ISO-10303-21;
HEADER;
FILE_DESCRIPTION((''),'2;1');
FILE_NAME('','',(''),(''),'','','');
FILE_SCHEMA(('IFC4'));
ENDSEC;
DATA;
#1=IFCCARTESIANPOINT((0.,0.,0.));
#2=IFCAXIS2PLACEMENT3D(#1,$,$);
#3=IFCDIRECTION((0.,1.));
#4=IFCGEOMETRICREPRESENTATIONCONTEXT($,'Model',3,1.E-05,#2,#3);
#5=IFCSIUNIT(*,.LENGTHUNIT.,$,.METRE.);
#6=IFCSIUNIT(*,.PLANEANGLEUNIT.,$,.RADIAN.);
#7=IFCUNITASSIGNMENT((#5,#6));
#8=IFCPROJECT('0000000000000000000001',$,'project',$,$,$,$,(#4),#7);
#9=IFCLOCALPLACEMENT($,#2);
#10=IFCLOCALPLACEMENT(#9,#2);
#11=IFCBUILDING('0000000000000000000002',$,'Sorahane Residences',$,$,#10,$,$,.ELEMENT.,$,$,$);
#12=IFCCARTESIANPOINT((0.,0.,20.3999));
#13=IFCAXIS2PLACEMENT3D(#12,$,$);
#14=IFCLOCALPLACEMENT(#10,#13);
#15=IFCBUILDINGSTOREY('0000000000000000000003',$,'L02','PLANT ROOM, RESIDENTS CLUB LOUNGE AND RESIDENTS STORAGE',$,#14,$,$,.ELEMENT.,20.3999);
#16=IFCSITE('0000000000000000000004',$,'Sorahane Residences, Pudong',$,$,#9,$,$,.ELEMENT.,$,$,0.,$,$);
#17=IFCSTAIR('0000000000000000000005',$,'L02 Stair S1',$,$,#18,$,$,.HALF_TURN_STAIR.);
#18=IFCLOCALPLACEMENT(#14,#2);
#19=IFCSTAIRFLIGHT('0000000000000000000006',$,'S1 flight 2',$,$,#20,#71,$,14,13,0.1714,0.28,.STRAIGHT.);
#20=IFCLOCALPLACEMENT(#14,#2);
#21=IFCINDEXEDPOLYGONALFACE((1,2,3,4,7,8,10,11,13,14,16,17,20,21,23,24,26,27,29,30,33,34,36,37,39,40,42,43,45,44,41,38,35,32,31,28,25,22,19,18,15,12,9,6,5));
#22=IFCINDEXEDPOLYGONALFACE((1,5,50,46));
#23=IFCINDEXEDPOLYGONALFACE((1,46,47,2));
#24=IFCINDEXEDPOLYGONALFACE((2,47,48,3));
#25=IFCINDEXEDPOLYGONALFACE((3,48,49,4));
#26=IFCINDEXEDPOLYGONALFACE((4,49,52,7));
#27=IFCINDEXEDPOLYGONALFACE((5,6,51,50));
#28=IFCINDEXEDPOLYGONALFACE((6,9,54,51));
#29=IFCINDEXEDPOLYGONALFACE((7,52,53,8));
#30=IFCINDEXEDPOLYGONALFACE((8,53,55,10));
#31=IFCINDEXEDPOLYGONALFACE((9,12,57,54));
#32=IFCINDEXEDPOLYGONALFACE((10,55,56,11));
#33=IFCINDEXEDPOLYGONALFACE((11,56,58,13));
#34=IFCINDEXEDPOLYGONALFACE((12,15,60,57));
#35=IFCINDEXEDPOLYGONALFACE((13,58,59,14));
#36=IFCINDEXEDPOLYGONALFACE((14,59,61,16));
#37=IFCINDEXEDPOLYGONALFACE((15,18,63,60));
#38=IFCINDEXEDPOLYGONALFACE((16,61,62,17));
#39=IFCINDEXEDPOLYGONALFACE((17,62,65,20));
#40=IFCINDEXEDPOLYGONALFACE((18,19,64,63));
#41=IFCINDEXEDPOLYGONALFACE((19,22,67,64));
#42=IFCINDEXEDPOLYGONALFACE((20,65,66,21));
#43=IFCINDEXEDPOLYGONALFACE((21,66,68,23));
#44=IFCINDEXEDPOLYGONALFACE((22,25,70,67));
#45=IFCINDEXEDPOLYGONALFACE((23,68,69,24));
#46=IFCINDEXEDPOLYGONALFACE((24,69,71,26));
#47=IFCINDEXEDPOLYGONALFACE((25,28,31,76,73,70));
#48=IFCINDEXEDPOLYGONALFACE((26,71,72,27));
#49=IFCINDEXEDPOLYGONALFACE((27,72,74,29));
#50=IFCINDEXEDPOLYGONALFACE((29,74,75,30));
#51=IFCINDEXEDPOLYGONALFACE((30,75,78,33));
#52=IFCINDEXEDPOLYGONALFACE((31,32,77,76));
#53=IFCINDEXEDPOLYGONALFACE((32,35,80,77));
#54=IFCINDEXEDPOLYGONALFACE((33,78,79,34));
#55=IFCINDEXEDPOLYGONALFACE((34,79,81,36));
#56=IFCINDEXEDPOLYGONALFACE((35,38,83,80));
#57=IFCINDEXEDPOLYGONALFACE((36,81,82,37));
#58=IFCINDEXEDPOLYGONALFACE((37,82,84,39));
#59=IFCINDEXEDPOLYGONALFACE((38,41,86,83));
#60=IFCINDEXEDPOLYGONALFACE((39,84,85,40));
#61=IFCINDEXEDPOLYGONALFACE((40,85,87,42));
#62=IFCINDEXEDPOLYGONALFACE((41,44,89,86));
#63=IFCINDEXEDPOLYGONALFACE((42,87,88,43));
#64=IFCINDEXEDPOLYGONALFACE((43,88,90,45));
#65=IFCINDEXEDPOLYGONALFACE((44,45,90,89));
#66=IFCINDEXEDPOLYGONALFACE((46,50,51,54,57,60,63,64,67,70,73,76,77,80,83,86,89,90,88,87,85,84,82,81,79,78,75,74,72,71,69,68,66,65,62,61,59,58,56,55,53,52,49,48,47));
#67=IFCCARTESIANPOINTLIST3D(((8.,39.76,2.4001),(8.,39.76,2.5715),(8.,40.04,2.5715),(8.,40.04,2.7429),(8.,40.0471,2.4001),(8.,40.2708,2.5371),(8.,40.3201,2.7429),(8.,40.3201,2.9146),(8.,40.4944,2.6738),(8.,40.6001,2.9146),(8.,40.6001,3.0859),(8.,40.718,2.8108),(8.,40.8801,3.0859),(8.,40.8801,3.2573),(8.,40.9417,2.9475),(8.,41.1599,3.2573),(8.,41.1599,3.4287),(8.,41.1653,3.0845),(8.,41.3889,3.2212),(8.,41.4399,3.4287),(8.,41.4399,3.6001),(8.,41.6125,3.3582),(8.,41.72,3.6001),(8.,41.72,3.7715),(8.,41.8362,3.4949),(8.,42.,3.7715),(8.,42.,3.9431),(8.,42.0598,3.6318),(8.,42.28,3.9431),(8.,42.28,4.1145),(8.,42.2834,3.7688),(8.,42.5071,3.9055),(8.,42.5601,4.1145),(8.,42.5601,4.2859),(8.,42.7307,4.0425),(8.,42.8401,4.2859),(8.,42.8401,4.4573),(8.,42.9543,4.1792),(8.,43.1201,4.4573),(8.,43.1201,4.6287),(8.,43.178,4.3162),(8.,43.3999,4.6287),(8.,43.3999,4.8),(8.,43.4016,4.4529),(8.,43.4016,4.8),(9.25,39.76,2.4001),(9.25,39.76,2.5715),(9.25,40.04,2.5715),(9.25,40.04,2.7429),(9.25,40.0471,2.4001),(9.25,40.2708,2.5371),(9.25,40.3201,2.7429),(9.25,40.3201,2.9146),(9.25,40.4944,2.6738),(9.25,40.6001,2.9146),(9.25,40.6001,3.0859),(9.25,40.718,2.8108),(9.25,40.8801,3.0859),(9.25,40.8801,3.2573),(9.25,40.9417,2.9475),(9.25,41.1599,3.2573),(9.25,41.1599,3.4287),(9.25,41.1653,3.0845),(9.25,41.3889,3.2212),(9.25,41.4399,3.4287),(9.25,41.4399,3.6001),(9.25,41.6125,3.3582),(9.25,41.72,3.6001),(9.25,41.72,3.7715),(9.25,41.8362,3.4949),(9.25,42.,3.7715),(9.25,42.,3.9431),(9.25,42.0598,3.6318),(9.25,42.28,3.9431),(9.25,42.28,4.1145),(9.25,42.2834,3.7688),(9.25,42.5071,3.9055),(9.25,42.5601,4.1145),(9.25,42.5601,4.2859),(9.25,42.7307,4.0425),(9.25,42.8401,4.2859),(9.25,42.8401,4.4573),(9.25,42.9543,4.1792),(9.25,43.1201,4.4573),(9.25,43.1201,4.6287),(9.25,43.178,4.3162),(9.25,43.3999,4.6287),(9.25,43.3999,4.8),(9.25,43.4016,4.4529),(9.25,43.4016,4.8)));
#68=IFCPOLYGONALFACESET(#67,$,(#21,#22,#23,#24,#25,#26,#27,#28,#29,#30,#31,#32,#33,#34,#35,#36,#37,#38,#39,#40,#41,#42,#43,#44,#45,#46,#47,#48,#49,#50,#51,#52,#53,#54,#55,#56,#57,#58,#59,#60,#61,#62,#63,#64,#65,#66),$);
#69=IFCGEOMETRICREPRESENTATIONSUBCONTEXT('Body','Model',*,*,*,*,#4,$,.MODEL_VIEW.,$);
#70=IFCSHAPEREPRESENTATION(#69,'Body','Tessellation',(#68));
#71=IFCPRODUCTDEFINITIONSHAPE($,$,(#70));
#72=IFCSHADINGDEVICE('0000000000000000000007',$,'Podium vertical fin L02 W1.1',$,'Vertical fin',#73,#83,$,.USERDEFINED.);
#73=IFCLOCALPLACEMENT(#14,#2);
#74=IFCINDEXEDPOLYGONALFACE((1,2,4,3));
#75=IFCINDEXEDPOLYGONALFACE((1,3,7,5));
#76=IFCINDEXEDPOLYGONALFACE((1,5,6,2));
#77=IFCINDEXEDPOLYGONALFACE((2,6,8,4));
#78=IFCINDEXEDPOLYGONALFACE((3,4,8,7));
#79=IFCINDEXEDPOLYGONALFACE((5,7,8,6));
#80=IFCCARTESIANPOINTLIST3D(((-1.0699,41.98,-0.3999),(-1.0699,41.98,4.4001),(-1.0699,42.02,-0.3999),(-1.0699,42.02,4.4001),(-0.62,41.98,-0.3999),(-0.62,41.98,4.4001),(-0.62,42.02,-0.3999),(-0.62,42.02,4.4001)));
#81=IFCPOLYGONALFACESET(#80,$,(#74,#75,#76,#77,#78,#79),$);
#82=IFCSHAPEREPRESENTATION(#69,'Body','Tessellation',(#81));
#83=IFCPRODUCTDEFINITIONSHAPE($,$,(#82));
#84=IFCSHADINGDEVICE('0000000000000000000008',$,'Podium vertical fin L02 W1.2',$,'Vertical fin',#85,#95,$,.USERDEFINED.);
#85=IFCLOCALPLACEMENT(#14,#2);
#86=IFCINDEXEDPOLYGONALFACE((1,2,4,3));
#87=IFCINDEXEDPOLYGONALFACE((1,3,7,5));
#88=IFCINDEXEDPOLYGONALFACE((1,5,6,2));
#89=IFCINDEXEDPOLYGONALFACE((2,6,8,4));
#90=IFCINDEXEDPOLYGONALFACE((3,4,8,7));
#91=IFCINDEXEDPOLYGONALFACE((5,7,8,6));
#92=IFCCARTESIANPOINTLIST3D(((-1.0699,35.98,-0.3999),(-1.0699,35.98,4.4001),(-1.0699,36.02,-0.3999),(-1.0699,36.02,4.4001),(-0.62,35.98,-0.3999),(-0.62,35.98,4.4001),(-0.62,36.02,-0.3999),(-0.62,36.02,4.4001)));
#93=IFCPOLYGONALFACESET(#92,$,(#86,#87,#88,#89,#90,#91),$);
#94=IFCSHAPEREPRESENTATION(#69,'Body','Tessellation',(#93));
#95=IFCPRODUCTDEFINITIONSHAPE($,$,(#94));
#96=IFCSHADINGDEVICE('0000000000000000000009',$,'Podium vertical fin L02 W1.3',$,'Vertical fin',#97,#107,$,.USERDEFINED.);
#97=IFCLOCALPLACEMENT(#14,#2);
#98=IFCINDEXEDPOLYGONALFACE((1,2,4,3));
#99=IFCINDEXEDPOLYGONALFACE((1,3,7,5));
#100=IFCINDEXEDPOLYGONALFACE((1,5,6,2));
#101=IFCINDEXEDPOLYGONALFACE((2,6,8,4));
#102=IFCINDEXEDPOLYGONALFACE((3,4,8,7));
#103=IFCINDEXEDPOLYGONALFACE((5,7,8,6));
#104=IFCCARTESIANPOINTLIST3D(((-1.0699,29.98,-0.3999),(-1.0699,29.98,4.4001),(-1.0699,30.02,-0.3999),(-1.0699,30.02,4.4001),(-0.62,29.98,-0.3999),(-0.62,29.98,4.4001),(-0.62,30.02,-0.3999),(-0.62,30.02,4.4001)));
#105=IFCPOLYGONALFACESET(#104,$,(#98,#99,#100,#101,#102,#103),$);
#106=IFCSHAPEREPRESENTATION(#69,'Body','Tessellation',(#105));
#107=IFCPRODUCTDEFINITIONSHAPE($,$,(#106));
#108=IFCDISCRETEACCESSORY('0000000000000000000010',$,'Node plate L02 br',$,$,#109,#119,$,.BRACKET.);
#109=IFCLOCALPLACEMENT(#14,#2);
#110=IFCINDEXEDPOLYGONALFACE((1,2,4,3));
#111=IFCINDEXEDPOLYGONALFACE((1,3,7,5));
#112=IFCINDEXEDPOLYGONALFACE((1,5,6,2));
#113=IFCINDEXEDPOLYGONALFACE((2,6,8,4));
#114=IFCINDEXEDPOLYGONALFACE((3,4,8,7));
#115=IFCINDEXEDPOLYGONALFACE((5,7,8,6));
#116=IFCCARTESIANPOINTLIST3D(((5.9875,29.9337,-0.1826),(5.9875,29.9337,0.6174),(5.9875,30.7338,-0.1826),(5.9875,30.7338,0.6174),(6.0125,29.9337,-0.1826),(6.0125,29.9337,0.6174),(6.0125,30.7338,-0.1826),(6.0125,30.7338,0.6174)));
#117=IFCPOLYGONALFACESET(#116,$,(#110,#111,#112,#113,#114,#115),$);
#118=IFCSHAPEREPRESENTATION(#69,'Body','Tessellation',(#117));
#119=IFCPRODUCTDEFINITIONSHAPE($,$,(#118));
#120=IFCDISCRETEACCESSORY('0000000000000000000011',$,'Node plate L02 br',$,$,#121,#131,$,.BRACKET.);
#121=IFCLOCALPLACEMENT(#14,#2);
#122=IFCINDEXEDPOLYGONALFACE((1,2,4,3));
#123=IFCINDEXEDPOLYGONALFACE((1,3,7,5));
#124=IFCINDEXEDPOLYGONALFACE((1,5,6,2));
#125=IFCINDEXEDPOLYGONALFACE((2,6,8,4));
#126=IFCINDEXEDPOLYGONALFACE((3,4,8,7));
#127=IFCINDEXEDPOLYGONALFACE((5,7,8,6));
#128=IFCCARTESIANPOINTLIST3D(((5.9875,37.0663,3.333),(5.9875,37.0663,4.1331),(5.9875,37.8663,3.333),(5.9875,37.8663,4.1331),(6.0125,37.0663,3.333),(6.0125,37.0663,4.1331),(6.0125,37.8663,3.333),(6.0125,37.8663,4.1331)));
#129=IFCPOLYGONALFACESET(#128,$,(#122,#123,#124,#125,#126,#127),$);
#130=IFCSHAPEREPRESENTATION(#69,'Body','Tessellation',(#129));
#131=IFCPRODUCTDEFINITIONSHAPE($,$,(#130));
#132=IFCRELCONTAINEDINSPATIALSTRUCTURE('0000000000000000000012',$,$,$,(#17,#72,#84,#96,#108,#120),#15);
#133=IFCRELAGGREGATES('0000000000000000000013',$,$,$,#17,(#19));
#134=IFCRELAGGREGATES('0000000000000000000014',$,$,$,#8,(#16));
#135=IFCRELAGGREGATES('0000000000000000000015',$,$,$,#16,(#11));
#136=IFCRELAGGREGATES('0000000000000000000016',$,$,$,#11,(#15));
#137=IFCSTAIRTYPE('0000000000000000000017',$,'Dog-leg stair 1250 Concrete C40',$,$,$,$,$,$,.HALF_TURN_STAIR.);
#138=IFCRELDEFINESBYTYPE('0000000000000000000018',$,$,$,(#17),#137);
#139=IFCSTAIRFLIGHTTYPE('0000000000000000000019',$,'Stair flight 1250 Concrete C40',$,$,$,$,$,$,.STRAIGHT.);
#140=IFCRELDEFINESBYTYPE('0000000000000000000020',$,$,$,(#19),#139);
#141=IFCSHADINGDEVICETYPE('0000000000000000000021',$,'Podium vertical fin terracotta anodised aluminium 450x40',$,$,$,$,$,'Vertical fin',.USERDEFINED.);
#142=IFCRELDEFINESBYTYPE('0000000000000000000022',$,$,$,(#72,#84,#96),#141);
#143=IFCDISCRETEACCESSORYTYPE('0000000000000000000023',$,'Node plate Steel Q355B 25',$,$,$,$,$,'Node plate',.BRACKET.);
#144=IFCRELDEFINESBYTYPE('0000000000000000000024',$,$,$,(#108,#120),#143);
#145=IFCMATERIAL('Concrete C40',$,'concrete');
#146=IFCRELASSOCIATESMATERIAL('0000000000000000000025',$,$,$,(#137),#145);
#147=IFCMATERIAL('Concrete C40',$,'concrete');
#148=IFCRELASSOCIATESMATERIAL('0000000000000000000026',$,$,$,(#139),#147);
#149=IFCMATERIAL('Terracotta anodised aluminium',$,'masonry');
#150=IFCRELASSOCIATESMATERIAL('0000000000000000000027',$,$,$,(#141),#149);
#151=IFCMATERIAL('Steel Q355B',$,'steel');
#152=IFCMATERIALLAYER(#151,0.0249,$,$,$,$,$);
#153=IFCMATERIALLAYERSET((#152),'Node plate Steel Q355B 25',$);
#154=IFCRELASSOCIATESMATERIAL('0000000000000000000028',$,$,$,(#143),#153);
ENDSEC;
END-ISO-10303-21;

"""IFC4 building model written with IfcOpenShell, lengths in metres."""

from ifc_helpers import new_model, si_unit, direction, frame, origin, origin_2d, place, context, subcontext, project, spatial, polyline, rectangle, outline, extrude, material, layer, layer_set, material_profile, profile_set, type_object, element, aggregate, save


model = new_model("IFC4")

# Units and contexts
model_context = context("Model", 3, precision=1e-05, world=origin(), true_north=direction((0.0, 1.0)))
body_context = subcontext(model_context, "Body", "Model", "MODEL_VIEW")
ifc_project = project(units=[si_unit("LENGTHUNIT", "METRE"), si_unit("PLANEANGLEUNIT", "RADIAN")], contexts=[model_context])

# Site, building, storey
site_placement = place(None, origin())
site = spatial("IfcSite", under=ifc_project, at=site_placement, Name="Sorahane Residences, Pudong", CompositionType="ELEMENT", RefElevation=0.0)
building_placement = place(site_placement, origin())
building = spatial("IfcBuilding", under=site, at=building_placement, Name="Sorahane Residences", CompositionType="ELEMENT")
storey_placement = place(building_placement, frame((0.0, 0.0, 20.3999)))
storey = spatial("IfcBuildingStorey", under=building, at=storey_placement, Name="L02", Description="PLANT ROOM, RESIDENTS CLUB LOUNGE AND RESIDENTS STORAGE", CompositionType="ELEMENT", Elevation=20.3999)

# Stair, stair flight
ifc_material_1 = material(Name="Concrete C40", Category="concrete")
stair_type = type_object("IfcStairType", Name="Dog-leg stair 1250 Concrete C40", PredefinedType="HALF_TURN_STAIR", material=ifc_material_1)
stair_placement = place(storey_placement, origin())
stair = element("IfcStair", 1, at=stair_placement, inside=storey, type_object=stair_type, Name="L02 Stair S1", PredefinedType="HALF_TURN_STAIR")
ifc_material_2 = material(Name="Concrete C40", Category="concrete")
stair_flight_type = type_object("IfcStairFlightType", Name="Stair flight 1250 Concrete C40", PredefinedType="STRAIGHT", material=ifc_material_2)
stair_flight_placement = place(storey_placement, frame((8.625, 39.76, 2.4001), z_axis=(0.0, 0.0, 1.0), x_axis=(0.0, 1.0, 0.0)))
stair_flight = element("IfcStairFlight", 2, at=stair_flight_placement, type_object=stair_flight_type, Name="S1 flight 2", NumberOfRisers=14, NumberOfTreads=13, PredefinedType="STRAIGHT", RiserHeight=0.1714, TreadLength=0.28, context=body_context, shape_type="SweptSolid", body=[
    extrude(outline(polyline([(0.0, 0.0), (0.0, 0.1714), (0.28, 0.1714), (0.28, 0.3428), (0.5601, 0.3428), (0.5601, 0.5144), (0.8401, 0.5144), (0.8401, 0.6858), (1.1201, 0.6858), (1.1201, 0.8572), (1.3999, 0.8572), (1.3999, 1.0286), (1.6799, 1.0286), (1.6799, 1.2), (1.96, 1.2), (1.96, 1.3713), (2.24, 1.3713), (2.24, 1.543), (2.52, 1.543), (2.52, 1.7144), (2.8, 1.7144), (2.8, 1.8857), (3.0801, 1.8857), (3.0801, 2.0571), (3.3601, 2.0571), (3.3601, 2.2285), (3.6399, 2.2285), (3.6399, 2.3999), (3.6416, 2.3999), (3.6416, 2.0527), (3.418, 1.916), (3.1943, 1.7791), (2.9707, 1.6423), (2.7471, 1.5054), (2.5234, 1.3687), (2.2998, 1.2317), (2.0762, 1.0947), (1.8525, 0.958), (1.6289, 0.821), (1.4053, 0.6843), (1.1816, 0.5474), (0.958, 0.4106), (0.7344, 0.2737), (0.5107, 0.137), (0.2871, 0.0), (0.0, 0.0)])), frame((0.0, 0.625, 0.0), z_axis=(0.0, -1.0, 0.0), x_axis=(1.0, 0.0, 0.0)), (0.0, 0.0, 1.0), 1.25),
])
aggregate(stair, [stair_flight])

# Shading devices
ifc_material_3 = material(Name="Terracotta anodised aluminium", Category="masonry")
ifc_material_profile_1 = material_profile(ifc_material_3, rectangle(XDim=0.45, YDim=0.04, at=origin_2d()), Name="Podium vertical fin terracotta anodised aluminium 450x40")
ifc_profile_set_1 = profile_set([ifc_material_profile_1], Name="Terracotta anodised aluminium")
shading_device_type = type_object("IfcShadingDeviceType", Name="Podium vertical fin terracotta anodised aluminium 450x40", ElementType="Vertical fin", PredefinedType="USERDEFINED", material=ifc_profile_set_1)
for number, where, z_axis, x_axis, name in (
    (3, (-0.845, 42.0, -0.3999), (0.0, 0.0, 1.0), (-1.0, 0.0, 0.0), "Podium vertical fin L02 W1.1"),
    (4, (-0.845, 36.0, -0.3999), (0.0, 0.0, 1.0), (-1.0, 0.0, 0.0), "Podium vertical fin L02 W1.2"),
    (5, (-0.845, 30.0, -0.3999), (0.0, 0.0, 1.0), (-1.0, 0.0, 0.0), "Podium vertical fin L02 W1.3"),
):
    element("IfcShadingDevice", number, at=place(storey_placement, frame(where, z_axis=z_axis, x_axis=x_axis)), inside=storey, type_object=shading_device_type, Name=name, ObjectType="Vertical fin", PredefinedType="USERDEFINED", context=body_context, shape_type="SweptSolid", body=[
        extrude(rectangle(XDim=0.45, YDim=0.04, at=origin_2d()), origin(), (0.0, 0.0, 1.0), 4.8),
    ])

# Discrete accessories
ifc_material_4 = material(Name="Steel Q355B", Category="steel")
ifc_layer_1 = layer(ifc_material_4, 0.0249)
ifc_layer_set_1 = layer_set([ifc_layer_1], Name="Node plate Steel Q355B 25")
discrete_accessory_type = type_object("IfcDiscreteAccessoryType", Name="Node plate Steel Q355B 25", ElementType="Node plate", PredefinedType="BRACKET", material=ifc_layer_set_1)
for number, where, z_axis, x_axis, name in (
    (6, (6.0, 30.3337, -0.1826), (0.0, 0.0, 1.0), (0.0, 1.0, 0.0), "Node plate L02 br"),
    (7, (6.0, 37.4663, 3.333), (0.0, 0.0, 1.0), (0.0, 1.0, 0.0), "Node plate L02 br"),
):
    element("IfcDiscreteAccessory", number, at=place(storey_placement, frame(where, z_axis=z_axis, x_axis=x_axis)), inside=storey, type_object=discrete_accessory_type, Name=name, PredefinedType="BRACKET", context=body_context, shape_type="SweptSolid", body=[
        extrude(rectangle(XDim=0.8, YDim=0.0249, at=origin_2d()), origin(), (0.0, 0.0, 1.0), 0.8),
    ])

save(model, "model.ifc")
